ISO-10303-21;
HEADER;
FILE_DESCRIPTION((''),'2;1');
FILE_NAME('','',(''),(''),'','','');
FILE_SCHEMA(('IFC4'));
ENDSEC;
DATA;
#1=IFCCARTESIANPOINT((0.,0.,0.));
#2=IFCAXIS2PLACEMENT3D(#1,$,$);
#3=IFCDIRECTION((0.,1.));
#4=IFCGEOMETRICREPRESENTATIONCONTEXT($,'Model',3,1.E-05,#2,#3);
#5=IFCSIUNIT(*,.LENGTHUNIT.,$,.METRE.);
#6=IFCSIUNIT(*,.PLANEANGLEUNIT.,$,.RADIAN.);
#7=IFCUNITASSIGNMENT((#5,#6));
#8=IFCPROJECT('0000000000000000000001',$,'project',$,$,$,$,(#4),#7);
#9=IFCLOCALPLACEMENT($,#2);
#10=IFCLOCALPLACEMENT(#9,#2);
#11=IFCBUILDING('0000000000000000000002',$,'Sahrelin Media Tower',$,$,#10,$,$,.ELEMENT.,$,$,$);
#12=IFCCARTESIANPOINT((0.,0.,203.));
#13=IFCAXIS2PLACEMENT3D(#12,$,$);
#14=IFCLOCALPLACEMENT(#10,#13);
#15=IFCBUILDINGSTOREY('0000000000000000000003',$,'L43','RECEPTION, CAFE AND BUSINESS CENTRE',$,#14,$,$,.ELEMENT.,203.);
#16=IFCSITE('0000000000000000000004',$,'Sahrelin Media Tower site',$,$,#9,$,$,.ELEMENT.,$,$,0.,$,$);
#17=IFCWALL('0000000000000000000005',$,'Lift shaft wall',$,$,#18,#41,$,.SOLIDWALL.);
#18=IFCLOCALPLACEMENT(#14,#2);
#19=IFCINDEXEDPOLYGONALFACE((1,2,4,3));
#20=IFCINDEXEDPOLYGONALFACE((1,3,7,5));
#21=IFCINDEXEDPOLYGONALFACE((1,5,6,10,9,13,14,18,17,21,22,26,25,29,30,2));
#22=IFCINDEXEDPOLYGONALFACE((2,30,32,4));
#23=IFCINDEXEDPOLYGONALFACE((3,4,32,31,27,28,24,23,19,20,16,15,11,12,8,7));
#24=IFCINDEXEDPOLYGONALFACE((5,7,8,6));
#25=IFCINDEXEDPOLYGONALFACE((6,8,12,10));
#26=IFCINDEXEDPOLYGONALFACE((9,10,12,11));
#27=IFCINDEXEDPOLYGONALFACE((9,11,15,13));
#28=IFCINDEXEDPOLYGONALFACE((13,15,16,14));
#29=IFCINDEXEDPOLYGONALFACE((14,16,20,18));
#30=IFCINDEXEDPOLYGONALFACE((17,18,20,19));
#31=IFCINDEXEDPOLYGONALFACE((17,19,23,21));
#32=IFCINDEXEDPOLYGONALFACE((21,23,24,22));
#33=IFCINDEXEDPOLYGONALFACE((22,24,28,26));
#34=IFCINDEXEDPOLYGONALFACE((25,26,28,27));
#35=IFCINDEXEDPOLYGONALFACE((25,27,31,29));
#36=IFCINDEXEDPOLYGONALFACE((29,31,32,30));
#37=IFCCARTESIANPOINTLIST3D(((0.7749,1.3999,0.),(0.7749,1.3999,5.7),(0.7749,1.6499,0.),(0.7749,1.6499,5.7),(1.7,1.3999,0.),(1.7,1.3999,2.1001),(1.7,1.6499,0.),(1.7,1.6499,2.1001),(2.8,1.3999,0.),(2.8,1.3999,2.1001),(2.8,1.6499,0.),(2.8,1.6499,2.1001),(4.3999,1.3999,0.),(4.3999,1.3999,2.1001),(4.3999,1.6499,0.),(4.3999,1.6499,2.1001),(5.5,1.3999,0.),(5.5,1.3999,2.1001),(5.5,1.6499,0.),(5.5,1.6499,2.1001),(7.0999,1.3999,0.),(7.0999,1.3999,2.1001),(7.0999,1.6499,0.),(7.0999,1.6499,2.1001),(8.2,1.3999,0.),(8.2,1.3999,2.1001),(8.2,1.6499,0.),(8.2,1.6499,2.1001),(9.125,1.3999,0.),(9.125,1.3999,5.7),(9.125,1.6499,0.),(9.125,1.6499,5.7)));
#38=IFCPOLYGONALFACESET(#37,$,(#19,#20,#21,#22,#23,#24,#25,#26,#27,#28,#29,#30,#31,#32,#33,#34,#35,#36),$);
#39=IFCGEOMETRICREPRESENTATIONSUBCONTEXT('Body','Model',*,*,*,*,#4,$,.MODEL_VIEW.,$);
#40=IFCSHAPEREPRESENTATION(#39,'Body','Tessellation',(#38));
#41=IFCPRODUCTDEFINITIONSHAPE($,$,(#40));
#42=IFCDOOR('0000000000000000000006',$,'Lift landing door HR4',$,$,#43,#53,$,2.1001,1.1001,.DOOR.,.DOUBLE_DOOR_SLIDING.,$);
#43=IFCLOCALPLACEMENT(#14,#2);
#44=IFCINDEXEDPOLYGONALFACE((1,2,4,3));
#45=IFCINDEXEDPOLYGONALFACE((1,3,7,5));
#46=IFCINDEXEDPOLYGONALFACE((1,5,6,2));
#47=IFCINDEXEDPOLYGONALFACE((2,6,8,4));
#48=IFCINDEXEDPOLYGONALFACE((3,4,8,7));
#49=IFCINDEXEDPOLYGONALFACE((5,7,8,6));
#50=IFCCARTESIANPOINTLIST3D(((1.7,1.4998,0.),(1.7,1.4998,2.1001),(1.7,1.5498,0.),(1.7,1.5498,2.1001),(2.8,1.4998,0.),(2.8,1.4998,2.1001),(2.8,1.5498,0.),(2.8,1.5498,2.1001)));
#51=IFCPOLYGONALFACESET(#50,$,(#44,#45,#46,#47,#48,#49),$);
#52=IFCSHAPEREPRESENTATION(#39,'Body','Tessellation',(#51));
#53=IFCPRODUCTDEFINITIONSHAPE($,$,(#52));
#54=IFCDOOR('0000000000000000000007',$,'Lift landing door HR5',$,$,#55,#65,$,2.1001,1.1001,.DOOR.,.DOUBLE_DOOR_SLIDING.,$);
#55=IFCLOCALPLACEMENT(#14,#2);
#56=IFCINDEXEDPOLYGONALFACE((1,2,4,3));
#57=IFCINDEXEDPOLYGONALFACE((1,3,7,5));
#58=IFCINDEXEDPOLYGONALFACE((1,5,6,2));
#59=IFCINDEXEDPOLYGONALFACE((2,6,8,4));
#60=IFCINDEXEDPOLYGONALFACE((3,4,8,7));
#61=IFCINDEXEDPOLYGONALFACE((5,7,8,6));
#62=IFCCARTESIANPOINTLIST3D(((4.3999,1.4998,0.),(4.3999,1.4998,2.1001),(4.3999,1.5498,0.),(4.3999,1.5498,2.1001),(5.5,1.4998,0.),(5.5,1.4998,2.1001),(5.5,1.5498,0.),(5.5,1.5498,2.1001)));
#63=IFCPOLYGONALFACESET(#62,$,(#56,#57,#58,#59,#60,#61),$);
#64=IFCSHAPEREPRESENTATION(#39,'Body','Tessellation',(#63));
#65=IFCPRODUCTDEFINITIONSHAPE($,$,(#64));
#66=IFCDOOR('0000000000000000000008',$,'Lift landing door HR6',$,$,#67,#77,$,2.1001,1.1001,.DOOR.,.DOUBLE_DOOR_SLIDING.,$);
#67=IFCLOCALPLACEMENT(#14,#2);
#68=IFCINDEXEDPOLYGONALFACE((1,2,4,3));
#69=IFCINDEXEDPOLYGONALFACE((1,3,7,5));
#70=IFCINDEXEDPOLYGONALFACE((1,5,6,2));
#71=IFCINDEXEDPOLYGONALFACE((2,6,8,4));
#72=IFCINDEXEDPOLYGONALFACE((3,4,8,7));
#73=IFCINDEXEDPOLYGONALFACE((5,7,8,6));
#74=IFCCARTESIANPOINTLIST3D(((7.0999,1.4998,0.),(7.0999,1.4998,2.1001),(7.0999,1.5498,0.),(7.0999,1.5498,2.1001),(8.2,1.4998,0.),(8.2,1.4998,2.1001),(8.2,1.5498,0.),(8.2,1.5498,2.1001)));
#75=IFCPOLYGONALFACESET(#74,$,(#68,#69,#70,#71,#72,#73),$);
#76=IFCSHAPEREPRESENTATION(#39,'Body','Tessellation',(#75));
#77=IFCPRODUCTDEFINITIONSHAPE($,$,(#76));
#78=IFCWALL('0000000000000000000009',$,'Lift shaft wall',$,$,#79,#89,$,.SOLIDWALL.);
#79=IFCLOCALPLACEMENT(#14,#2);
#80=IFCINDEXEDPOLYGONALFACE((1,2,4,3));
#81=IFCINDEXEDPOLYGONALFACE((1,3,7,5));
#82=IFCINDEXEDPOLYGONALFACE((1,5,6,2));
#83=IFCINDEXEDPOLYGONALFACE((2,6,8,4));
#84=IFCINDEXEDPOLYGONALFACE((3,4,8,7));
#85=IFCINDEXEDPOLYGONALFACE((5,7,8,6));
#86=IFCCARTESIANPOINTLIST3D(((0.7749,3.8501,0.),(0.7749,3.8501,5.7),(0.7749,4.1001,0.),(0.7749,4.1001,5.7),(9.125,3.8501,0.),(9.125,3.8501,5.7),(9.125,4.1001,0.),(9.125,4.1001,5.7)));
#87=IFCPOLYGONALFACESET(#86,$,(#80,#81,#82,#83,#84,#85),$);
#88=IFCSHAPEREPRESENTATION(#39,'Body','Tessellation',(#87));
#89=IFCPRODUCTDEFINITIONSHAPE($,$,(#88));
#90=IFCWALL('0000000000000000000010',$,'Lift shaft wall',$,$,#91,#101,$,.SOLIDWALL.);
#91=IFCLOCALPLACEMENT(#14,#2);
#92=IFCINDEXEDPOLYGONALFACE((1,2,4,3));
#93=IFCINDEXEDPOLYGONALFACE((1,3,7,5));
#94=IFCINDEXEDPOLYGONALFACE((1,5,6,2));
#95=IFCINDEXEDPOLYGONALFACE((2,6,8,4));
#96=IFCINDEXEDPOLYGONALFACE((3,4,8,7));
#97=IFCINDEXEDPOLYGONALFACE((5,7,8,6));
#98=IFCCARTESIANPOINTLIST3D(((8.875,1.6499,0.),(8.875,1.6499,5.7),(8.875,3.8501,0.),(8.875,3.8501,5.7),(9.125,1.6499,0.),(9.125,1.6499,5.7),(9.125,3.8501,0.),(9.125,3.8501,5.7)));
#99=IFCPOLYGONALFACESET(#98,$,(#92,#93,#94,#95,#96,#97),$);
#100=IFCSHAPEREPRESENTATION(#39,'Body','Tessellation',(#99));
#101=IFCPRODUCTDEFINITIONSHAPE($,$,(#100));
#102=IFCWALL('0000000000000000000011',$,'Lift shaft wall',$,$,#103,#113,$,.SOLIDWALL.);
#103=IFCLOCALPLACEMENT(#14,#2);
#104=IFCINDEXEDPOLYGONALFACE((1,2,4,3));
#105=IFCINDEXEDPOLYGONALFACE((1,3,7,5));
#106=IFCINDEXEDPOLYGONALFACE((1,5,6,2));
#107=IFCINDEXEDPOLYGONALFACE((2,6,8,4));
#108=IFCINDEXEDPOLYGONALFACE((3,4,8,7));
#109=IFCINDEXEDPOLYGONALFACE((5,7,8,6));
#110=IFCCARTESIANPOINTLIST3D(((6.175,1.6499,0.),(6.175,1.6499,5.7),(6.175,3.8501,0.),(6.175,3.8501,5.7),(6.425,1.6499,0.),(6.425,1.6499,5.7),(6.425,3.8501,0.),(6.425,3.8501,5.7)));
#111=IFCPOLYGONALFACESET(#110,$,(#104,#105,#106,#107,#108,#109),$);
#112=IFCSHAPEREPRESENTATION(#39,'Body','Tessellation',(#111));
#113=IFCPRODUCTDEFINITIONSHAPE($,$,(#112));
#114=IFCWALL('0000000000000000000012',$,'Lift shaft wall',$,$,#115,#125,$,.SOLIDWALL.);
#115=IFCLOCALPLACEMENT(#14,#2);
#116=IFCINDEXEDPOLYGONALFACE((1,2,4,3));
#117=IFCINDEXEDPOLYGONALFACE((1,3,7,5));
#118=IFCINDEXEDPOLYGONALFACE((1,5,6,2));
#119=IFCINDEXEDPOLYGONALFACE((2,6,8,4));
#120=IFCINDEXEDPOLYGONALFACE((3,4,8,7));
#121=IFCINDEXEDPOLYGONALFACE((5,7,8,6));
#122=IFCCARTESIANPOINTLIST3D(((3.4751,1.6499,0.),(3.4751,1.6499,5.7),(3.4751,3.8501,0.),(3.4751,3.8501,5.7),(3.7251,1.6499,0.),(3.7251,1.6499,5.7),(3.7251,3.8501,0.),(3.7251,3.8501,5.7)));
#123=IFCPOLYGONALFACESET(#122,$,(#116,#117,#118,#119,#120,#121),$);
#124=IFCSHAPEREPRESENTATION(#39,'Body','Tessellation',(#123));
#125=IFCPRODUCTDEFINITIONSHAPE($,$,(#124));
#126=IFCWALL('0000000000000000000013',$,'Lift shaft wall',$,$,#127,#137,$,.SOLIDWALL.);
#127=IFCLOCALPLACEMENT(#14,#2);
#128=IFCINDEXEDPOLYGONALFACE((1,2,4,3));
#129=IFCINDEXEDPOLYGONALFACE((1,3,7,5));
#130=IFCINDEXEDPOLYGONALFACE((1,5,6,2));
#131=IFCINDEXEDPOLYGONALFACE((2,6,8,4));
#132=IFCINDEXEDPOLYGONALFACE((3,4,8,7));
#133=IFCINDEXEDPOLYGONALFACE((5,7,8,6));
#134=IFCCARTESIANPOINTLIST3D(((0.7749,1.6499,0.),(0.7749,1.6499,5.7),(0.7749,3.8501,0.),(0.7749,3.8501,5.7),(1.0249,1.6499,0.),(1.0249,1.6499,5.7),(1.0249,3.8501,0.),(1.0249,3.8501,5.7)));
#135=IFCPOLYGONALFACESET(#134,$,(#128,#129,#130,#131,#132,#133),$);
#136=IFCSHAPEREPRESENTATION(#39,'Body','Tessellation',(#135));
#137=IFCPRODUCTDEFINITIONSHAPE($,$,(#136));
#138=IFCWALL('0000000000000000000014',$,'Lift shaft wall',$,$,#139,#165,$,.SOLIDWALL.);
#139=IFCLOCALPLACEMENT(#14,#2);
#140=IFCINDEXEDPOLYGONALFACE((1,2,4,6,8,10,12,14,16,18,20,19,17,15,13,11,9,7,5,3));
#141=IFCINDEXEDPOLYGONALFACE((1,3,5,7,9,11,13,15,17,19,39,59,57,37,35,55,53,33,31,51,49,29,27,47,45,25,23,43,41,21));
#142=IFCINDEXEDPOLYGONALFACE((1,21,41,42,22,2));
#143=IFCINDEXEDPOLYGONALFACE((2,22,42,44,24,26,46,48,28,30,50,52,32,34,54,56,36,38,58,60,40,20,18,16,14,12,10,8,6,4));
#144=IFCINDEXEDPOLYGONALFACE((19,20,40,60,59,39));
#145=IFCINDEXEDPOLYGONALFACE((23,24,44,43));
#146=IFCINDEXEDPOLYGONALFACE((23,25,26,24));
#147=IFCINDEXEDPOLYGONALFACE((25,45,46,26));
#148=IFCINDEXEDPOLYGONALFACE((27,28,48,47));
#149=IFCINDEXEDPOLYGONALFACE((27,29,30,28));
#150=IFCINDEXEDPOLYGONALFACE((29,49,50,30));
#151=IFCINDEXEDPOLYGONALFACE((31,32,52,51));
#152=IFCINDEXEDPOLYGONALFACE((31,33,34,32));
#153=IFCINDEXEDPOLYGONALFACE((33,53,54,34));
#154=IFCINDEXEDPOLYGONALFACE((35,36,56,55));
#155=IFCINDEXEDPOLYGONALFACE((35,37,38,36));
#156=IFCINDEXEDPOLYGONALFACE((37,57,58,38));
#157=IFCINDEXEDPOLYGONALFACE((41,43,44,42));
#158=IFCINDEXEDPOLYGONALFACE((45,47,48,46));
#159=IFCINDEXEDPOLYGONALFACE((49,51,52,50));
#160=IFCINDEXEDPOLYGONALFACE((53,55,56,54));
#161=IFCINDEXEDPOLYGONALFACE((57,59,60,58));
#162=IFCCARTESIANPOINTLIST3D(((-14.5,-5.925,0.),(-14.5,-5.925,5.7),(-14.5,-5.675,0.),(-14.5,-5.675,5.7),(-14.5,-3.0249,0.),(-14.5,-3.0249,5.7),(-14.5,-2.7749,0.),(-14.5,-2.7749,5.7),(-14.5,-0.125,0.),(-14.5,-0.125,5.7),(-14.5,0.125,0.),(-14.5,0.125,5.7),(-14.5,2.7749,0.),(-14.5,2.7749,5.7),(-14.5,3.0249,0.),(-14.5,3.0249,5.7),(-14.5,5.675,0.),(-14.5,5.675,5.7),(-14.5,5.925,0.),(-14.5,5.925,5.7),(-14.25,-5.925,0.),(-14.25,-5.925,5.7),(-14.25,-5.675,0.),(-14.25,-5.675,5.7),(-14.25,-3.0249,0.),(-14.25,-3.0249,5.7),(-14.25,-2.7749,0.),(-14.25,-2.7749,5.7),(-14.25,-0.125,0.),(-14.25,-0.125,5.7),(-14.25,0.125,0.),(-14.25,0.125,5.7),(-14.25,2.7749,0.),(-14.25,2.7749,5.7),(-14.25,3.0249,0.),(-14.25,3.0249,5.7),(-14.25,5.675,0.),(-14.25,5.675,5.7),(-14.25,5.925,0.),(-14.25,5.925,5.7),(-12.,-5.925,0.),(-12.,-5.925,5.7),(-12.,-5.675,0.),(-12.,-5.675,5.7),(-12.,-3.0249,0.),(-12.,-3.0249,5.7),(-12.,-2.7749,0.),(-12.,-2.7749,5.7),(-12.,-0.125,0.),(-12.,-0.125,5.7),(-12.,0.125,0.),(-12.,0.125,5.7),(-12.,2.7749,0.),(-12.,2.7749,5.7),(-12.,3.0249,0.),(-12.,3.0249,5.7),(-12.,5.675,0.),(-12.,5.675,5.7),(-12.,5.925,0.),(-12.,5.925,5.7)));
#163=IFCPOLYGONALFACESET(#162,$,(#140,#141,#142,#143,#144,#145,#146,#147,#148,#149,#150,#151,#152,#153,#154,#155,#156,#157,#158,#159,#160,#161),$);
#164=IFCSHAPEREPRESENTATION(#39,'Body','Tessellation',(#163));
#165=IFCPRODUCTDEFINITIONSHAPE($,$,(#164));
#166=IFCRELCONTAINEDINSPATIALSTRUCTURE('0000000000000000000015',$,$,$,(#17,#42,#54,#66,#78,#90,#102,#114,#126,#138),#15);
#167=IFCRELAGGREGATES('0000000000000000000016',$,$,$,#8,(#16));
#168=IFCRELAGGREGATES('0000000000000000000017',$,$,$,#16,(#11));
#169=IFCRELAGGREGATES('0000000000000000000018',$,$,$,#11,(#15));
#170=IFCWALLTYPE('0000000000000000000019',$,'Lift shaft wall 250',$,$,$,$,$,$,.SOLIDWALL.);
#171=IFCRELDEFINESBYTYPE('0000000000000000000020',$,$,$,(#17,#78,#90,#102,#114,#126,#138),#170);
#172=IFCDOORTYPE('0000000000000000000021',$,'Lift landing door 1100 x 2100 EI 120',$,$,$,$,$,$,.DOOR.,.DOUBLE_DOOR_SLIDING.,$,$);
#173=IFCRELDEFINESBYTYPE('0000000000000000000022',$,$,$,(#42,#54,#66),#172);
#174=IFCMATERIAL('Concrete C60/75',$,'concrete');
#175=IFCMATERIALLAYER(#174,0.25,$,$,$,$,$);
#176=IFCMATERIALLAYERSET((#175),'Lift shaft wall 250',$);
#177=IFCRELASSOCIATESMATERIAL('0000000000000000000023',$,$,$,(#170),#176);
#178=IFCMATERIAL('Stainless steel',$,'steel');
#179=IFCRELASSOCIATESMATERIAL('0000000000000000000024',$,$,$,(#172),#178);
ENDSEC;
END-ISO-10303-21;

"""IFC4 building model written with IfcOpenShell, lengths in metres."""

from ifc_helpers import new_model, si_unit, direction, frame, frame_2d, origin, place, context, subcontext, project, spatial, polyline, rectangle, outline, extrude, material, layer, layer_set, type_object, element, fill, save


model = new_model("IFC4")

# Units and contexts
model_context = context("Model", 3, precision=1e-05, world=origin(), true_north=direction((0.0, 1.0)))
body_context = subcontext(model_context, "Body", "Model", "MODEL_VIEW")
ifc_project = project(units=[si_unit("LENGTHUNIT", "METRE"), si_unit("PLANEANGLEUNIT", "RADIAN")], contexts=[model_context])

# Site, building, storey
site_placement = place(None, origin())
site = spatial("IfcSite", under=ifc_project, at=site_placement, Name="Sahrelin Media Tower site", CompositionType="ELEMENT", RefElevation=0.0)
building_placement = place(site_placement, origin())
building = spatial("IfcBuilding", under=site, at=building_placement, Name="Sahrelin Media Tower", CompositionType="ELEMENT")
storey_placement = place(building_placement, frame((0.0, 0.0, 203.0)))
storey = spatial("IfcBuildingStorey", under=building, at=storey_placement, Name="L43", Description="RECEPTION, CAFE AND BUSINESS CENTRE", CompositionType="ELEMENT", Elevation=203.0)

# Shared definitions
placement_1 = place(storey_placement, origin())

# Wall, openings, doors
ifc_material_1 = material(Name="Concrete C60/75", Category="concrete")
ifc_layer_1 = layer(ifc_material_1, 0.25)
ifc_layer_set_1 = layer_set([ifc_layer_1], Name="Lift shaft wall 250")
wall_type_1 = type_object("IfcWallType", Name="Lift shaft wall 250", PredefinedType="SOLIDWALL", material=ifc_layer_set_1)
wall_1_placement = place(storey_placement, frame((0.7749, 1.5249, 0.0), z_axis=(0.0, 0.0, 1.0), x_axis=(1.0, 0.0, 0.0)))
wall_1 = element("IfcWall", 1, at=wall_1_placement, inside=storey, type_object=wall_type_1, Name="Lift shaft wall", PredefinedType="SOLIDWALL", context=body_context, shape_type="SweptSolid", body=[
    extrude(rectangle(XDim=8.3501, YDim=0.25, at=frame_2d((4.175, 0.0))), origin(), (0.0, 0.0, 1.0), 5.7),
])
opening_1_placement = place(wall_1_placement, frame((0.925, 0.0, 0.0)))
opening_1 = element("IfcOpeningElement", 2, at=opening_1_placement, cuts=wall_1, PredefinedType="OPENING", context=body_context, shape_type="SweptSolid", body=[
    extrude(rectangle(XDim=1.1001, YDim=2.1001, at=frame_2d((0.55, 1.05))), frame((0.0, 0.125, 0.0), z_axis=(0.0, -1.0, 0.0), x_axis=(1.0, 0.0, 0.0)), (0.0, 0.0, 1.0), 0.25),
])
opening_2_placement = place(wall_1_placement, frame((3.625, 0.0, 0.0)))
opening_2 = element("IfcOpeningElement", 3, at=opening_2_placement, cuts=wall_1, PredefinedType="OPENING", context=body_context, shape_type="SweptSolid", body=[
    extrude(rectangle(XDim=1.1001, YDim=2.1001, at=frame_2d((0.55, 1.05))), frame((0.0, 0.125, 0.0), z_axis=(0.0, -1.0, 0.0), x_axis=(1.0, 0.0, 0.0)), (0.0, 0.0, 1.0), 0.25),
])
opening_3_placement = place(wall_1_placement, frame((6.325, 0.0, 0.0)))
opening_3 = element("IfcOpeningElement", 4, at=opening_3_placement, cuts=wall_1, PredefinedType="OPENING", context=body_context, shape_type="SweptSolid", body=[
    extrude(rectangle(XDim=1.1001, YDim=2.1001, at=frame_2d((0.55, 1.05))), frame((0.0, 0.125, 0.0), z_axis=(0.0, -1.0, 0.0), x_axis=(1.0, 0.0, 0.0)), (0.0, 0.0, 1.0), 0.25),
])
ifc_material_2 = material(Name="Stainless steel", Category="steel")
door_type_1 = type_object("IfcDoorType", Name="Lift landing door 1100 x 2100 EI 120", OperationType="DOUBLE_DOOR_SLIDING", PredefinedType="DOOR", material=ifc_material_2)
door_1_placement = place(opening_1_placement, origin())
door_1 = element("IfcDoor", 5, at=door_1_placement, inside=storey, type_object=door_type_1, Name="Lift landing door HR4", OperationType="DOUBLE_DOOR_SLIDING", OverallHeight=2.1001, OverallWidth=1.1001, PredefinedType="DOOR", context=body_context, shape_type="SweptSolid", body=[
    extrude(rectangle(XDim=1.1001, YDim=2.1001, at=frame_2d((0.55, 1.05))), frame((0.0, 0.0249, 0.0), z_axis=(0.0, -1.0, 0.0), x_axis=(1.0, 0.0, 0.0)), (0.0, 0.0, 1.0), 0.05),
])
fill(opening_1, door_1)
door_2_placement = place(opening_2_placement, origin())
door_2 = element("IfcDoor", 6, at=door_2_placement, inside=storey, type_object=door_type_1, Name="Lift landing door HR5", OperationType="DOUBLE_DOOR_SLIDING", OverallHeight=2.1001, OverallWidth=1.1001, PredefinedType="DOOR", context=body_context, shape_type="SweptSolid", body=[
    extrude(rectangle(XDim=1.1001, YDim=2.1001, at=frame_2d((0.55, 1.05))), frame((0.0, 0.0249, 0.0), z_axis=(0.0, -1.0, 0.0), x_axis=(1.0, 0.0, 0.0)), (0.0, 0.0, 1.0), 0.05),
])
fill(opening_2, door_2)
door_3_placement = place(opening_3_placement, origin())
door_3 = element("IfcDoor", 7, at=door_3_placement, inside=storey, type_object=door_type_1, Name="Lift landing door HR6", OperationType="DOUBLE_DOOR_SLIDING", OverallHeight=2.1001, OverallWidth=1.1001, PredefinedType="DOOR", context=body_context, shape_type="SweptSolid", body=[
    extrude(rectangle(XDim=1.1001, YDim=2.1001, at=frame_2d((0.55, 1.05))), frame((0.0, 0.0249, 0.0), z_axis=(0.0, -1.0, 0.0), x_axis=(1.0, 0.0, 0.0)), (0.0, 0.0, 1.0), 0.05),
])
fill(opening_3, door_3)

# Walls
wall_2_placement = place(storey_placement, frame((0.7749, 3.9751, 0.0), z_axis=(0.0, 0.0, 1.0), x_axis=(1.0, 0.0, 0.0)))
element("IfcWall", 8, at=wall_2_placement, inside=storey, type_object=wall_type_1, Name="Lift shaft wall", PredefinedType="SOLIDWALL", context=body_context, shape_type="SweptSolid", body=[
    extrude(rectangle(XDim=8.3501, YDim=0.25, at=frame_2d((4.175, 0.0))), origin(), (0.0, 0.0, 1.0), 5.7),
])
for number, where, z_axis, x_axis, name in (
    (9, (9.0, 1.6499, 0.0), (0.0, 0.0, 1.0), (0.0, 1.0, 0.0), "Lift shaft wall"),
    (10, (6.3, 1.6499, 0.0), (0.0, 0.0, 1.0), (0.0, 1.0, 0.0), "Lift shaft wall"),
    (11, (3.6001, 1.6499, 0.0), (0.0, 0.0, 1.0), (0.0, 1.0, 0.0), "Lift shaft wall"),
    (12, (0.8999, 1.6499, 0.0), (0.0, 0.0, 1.0), (0.0, 1.0, 0.0), "Lift shaft wall"),
):
    element("IfcWall", number, at=place(storey_placement, frame(where, z_axis=z_axis, x_axis=x_axis)), inside=storey, type_object=wall_type_1, Name=name, PredefinedType="SOLIDWALL", context=body_context, shape_type="SweptSolid", body=[
        extrude(rectangle(XDim=2.2002, YDim=0.25, at=frame_2d((1.1001, 0.0))), origin(), (0.0, 0.0, 1.0), 5.7),
    ])
element("IfcWall", 13, at=placement_1, inside=storey, type_object=wall_type_1, Name="Lift shaft wall", PredefinedType="SOLIDWALL", context=body_context, shape_type="SweptSolid", body=[
    extrude(outline(polyline([(-12.0, -5.925), (-12.0, -5.675), (-14.25, -5.675), (-14.25, -3.0249), (-12.0, -3.0249), (-12.0, -2.7749), (-14.25, -2.7749), (-14.25, -0.125), (-12.0, -0.125), (-12.0, 0.125), (-14.25, 0.125), (-14.25, 2.7749), (-12.0, 2.7749), (-12.0, 3.0249), (-14.25, 3.0249), (-14.25, 5.675), (-12.0, 5.675), (-12.0, 5.925), (-14.25, 5.925), (-14.5, 5.925), (-14.5, 5.675), (-14.5, 3.0249), (-14.5, 2.7749), (-14.5, 0.125), (-14.5, -0.125), (-14.5, -2.7749), (-14.5, -3.0249), (-14.5, -5.675), (-14.5, -5.925), (-14.25, -5.925), (-12.0, -5.925)])), origin(), (0.0, 0.0, 1.0), 5.7),
])

save(model, "model.ifc")
